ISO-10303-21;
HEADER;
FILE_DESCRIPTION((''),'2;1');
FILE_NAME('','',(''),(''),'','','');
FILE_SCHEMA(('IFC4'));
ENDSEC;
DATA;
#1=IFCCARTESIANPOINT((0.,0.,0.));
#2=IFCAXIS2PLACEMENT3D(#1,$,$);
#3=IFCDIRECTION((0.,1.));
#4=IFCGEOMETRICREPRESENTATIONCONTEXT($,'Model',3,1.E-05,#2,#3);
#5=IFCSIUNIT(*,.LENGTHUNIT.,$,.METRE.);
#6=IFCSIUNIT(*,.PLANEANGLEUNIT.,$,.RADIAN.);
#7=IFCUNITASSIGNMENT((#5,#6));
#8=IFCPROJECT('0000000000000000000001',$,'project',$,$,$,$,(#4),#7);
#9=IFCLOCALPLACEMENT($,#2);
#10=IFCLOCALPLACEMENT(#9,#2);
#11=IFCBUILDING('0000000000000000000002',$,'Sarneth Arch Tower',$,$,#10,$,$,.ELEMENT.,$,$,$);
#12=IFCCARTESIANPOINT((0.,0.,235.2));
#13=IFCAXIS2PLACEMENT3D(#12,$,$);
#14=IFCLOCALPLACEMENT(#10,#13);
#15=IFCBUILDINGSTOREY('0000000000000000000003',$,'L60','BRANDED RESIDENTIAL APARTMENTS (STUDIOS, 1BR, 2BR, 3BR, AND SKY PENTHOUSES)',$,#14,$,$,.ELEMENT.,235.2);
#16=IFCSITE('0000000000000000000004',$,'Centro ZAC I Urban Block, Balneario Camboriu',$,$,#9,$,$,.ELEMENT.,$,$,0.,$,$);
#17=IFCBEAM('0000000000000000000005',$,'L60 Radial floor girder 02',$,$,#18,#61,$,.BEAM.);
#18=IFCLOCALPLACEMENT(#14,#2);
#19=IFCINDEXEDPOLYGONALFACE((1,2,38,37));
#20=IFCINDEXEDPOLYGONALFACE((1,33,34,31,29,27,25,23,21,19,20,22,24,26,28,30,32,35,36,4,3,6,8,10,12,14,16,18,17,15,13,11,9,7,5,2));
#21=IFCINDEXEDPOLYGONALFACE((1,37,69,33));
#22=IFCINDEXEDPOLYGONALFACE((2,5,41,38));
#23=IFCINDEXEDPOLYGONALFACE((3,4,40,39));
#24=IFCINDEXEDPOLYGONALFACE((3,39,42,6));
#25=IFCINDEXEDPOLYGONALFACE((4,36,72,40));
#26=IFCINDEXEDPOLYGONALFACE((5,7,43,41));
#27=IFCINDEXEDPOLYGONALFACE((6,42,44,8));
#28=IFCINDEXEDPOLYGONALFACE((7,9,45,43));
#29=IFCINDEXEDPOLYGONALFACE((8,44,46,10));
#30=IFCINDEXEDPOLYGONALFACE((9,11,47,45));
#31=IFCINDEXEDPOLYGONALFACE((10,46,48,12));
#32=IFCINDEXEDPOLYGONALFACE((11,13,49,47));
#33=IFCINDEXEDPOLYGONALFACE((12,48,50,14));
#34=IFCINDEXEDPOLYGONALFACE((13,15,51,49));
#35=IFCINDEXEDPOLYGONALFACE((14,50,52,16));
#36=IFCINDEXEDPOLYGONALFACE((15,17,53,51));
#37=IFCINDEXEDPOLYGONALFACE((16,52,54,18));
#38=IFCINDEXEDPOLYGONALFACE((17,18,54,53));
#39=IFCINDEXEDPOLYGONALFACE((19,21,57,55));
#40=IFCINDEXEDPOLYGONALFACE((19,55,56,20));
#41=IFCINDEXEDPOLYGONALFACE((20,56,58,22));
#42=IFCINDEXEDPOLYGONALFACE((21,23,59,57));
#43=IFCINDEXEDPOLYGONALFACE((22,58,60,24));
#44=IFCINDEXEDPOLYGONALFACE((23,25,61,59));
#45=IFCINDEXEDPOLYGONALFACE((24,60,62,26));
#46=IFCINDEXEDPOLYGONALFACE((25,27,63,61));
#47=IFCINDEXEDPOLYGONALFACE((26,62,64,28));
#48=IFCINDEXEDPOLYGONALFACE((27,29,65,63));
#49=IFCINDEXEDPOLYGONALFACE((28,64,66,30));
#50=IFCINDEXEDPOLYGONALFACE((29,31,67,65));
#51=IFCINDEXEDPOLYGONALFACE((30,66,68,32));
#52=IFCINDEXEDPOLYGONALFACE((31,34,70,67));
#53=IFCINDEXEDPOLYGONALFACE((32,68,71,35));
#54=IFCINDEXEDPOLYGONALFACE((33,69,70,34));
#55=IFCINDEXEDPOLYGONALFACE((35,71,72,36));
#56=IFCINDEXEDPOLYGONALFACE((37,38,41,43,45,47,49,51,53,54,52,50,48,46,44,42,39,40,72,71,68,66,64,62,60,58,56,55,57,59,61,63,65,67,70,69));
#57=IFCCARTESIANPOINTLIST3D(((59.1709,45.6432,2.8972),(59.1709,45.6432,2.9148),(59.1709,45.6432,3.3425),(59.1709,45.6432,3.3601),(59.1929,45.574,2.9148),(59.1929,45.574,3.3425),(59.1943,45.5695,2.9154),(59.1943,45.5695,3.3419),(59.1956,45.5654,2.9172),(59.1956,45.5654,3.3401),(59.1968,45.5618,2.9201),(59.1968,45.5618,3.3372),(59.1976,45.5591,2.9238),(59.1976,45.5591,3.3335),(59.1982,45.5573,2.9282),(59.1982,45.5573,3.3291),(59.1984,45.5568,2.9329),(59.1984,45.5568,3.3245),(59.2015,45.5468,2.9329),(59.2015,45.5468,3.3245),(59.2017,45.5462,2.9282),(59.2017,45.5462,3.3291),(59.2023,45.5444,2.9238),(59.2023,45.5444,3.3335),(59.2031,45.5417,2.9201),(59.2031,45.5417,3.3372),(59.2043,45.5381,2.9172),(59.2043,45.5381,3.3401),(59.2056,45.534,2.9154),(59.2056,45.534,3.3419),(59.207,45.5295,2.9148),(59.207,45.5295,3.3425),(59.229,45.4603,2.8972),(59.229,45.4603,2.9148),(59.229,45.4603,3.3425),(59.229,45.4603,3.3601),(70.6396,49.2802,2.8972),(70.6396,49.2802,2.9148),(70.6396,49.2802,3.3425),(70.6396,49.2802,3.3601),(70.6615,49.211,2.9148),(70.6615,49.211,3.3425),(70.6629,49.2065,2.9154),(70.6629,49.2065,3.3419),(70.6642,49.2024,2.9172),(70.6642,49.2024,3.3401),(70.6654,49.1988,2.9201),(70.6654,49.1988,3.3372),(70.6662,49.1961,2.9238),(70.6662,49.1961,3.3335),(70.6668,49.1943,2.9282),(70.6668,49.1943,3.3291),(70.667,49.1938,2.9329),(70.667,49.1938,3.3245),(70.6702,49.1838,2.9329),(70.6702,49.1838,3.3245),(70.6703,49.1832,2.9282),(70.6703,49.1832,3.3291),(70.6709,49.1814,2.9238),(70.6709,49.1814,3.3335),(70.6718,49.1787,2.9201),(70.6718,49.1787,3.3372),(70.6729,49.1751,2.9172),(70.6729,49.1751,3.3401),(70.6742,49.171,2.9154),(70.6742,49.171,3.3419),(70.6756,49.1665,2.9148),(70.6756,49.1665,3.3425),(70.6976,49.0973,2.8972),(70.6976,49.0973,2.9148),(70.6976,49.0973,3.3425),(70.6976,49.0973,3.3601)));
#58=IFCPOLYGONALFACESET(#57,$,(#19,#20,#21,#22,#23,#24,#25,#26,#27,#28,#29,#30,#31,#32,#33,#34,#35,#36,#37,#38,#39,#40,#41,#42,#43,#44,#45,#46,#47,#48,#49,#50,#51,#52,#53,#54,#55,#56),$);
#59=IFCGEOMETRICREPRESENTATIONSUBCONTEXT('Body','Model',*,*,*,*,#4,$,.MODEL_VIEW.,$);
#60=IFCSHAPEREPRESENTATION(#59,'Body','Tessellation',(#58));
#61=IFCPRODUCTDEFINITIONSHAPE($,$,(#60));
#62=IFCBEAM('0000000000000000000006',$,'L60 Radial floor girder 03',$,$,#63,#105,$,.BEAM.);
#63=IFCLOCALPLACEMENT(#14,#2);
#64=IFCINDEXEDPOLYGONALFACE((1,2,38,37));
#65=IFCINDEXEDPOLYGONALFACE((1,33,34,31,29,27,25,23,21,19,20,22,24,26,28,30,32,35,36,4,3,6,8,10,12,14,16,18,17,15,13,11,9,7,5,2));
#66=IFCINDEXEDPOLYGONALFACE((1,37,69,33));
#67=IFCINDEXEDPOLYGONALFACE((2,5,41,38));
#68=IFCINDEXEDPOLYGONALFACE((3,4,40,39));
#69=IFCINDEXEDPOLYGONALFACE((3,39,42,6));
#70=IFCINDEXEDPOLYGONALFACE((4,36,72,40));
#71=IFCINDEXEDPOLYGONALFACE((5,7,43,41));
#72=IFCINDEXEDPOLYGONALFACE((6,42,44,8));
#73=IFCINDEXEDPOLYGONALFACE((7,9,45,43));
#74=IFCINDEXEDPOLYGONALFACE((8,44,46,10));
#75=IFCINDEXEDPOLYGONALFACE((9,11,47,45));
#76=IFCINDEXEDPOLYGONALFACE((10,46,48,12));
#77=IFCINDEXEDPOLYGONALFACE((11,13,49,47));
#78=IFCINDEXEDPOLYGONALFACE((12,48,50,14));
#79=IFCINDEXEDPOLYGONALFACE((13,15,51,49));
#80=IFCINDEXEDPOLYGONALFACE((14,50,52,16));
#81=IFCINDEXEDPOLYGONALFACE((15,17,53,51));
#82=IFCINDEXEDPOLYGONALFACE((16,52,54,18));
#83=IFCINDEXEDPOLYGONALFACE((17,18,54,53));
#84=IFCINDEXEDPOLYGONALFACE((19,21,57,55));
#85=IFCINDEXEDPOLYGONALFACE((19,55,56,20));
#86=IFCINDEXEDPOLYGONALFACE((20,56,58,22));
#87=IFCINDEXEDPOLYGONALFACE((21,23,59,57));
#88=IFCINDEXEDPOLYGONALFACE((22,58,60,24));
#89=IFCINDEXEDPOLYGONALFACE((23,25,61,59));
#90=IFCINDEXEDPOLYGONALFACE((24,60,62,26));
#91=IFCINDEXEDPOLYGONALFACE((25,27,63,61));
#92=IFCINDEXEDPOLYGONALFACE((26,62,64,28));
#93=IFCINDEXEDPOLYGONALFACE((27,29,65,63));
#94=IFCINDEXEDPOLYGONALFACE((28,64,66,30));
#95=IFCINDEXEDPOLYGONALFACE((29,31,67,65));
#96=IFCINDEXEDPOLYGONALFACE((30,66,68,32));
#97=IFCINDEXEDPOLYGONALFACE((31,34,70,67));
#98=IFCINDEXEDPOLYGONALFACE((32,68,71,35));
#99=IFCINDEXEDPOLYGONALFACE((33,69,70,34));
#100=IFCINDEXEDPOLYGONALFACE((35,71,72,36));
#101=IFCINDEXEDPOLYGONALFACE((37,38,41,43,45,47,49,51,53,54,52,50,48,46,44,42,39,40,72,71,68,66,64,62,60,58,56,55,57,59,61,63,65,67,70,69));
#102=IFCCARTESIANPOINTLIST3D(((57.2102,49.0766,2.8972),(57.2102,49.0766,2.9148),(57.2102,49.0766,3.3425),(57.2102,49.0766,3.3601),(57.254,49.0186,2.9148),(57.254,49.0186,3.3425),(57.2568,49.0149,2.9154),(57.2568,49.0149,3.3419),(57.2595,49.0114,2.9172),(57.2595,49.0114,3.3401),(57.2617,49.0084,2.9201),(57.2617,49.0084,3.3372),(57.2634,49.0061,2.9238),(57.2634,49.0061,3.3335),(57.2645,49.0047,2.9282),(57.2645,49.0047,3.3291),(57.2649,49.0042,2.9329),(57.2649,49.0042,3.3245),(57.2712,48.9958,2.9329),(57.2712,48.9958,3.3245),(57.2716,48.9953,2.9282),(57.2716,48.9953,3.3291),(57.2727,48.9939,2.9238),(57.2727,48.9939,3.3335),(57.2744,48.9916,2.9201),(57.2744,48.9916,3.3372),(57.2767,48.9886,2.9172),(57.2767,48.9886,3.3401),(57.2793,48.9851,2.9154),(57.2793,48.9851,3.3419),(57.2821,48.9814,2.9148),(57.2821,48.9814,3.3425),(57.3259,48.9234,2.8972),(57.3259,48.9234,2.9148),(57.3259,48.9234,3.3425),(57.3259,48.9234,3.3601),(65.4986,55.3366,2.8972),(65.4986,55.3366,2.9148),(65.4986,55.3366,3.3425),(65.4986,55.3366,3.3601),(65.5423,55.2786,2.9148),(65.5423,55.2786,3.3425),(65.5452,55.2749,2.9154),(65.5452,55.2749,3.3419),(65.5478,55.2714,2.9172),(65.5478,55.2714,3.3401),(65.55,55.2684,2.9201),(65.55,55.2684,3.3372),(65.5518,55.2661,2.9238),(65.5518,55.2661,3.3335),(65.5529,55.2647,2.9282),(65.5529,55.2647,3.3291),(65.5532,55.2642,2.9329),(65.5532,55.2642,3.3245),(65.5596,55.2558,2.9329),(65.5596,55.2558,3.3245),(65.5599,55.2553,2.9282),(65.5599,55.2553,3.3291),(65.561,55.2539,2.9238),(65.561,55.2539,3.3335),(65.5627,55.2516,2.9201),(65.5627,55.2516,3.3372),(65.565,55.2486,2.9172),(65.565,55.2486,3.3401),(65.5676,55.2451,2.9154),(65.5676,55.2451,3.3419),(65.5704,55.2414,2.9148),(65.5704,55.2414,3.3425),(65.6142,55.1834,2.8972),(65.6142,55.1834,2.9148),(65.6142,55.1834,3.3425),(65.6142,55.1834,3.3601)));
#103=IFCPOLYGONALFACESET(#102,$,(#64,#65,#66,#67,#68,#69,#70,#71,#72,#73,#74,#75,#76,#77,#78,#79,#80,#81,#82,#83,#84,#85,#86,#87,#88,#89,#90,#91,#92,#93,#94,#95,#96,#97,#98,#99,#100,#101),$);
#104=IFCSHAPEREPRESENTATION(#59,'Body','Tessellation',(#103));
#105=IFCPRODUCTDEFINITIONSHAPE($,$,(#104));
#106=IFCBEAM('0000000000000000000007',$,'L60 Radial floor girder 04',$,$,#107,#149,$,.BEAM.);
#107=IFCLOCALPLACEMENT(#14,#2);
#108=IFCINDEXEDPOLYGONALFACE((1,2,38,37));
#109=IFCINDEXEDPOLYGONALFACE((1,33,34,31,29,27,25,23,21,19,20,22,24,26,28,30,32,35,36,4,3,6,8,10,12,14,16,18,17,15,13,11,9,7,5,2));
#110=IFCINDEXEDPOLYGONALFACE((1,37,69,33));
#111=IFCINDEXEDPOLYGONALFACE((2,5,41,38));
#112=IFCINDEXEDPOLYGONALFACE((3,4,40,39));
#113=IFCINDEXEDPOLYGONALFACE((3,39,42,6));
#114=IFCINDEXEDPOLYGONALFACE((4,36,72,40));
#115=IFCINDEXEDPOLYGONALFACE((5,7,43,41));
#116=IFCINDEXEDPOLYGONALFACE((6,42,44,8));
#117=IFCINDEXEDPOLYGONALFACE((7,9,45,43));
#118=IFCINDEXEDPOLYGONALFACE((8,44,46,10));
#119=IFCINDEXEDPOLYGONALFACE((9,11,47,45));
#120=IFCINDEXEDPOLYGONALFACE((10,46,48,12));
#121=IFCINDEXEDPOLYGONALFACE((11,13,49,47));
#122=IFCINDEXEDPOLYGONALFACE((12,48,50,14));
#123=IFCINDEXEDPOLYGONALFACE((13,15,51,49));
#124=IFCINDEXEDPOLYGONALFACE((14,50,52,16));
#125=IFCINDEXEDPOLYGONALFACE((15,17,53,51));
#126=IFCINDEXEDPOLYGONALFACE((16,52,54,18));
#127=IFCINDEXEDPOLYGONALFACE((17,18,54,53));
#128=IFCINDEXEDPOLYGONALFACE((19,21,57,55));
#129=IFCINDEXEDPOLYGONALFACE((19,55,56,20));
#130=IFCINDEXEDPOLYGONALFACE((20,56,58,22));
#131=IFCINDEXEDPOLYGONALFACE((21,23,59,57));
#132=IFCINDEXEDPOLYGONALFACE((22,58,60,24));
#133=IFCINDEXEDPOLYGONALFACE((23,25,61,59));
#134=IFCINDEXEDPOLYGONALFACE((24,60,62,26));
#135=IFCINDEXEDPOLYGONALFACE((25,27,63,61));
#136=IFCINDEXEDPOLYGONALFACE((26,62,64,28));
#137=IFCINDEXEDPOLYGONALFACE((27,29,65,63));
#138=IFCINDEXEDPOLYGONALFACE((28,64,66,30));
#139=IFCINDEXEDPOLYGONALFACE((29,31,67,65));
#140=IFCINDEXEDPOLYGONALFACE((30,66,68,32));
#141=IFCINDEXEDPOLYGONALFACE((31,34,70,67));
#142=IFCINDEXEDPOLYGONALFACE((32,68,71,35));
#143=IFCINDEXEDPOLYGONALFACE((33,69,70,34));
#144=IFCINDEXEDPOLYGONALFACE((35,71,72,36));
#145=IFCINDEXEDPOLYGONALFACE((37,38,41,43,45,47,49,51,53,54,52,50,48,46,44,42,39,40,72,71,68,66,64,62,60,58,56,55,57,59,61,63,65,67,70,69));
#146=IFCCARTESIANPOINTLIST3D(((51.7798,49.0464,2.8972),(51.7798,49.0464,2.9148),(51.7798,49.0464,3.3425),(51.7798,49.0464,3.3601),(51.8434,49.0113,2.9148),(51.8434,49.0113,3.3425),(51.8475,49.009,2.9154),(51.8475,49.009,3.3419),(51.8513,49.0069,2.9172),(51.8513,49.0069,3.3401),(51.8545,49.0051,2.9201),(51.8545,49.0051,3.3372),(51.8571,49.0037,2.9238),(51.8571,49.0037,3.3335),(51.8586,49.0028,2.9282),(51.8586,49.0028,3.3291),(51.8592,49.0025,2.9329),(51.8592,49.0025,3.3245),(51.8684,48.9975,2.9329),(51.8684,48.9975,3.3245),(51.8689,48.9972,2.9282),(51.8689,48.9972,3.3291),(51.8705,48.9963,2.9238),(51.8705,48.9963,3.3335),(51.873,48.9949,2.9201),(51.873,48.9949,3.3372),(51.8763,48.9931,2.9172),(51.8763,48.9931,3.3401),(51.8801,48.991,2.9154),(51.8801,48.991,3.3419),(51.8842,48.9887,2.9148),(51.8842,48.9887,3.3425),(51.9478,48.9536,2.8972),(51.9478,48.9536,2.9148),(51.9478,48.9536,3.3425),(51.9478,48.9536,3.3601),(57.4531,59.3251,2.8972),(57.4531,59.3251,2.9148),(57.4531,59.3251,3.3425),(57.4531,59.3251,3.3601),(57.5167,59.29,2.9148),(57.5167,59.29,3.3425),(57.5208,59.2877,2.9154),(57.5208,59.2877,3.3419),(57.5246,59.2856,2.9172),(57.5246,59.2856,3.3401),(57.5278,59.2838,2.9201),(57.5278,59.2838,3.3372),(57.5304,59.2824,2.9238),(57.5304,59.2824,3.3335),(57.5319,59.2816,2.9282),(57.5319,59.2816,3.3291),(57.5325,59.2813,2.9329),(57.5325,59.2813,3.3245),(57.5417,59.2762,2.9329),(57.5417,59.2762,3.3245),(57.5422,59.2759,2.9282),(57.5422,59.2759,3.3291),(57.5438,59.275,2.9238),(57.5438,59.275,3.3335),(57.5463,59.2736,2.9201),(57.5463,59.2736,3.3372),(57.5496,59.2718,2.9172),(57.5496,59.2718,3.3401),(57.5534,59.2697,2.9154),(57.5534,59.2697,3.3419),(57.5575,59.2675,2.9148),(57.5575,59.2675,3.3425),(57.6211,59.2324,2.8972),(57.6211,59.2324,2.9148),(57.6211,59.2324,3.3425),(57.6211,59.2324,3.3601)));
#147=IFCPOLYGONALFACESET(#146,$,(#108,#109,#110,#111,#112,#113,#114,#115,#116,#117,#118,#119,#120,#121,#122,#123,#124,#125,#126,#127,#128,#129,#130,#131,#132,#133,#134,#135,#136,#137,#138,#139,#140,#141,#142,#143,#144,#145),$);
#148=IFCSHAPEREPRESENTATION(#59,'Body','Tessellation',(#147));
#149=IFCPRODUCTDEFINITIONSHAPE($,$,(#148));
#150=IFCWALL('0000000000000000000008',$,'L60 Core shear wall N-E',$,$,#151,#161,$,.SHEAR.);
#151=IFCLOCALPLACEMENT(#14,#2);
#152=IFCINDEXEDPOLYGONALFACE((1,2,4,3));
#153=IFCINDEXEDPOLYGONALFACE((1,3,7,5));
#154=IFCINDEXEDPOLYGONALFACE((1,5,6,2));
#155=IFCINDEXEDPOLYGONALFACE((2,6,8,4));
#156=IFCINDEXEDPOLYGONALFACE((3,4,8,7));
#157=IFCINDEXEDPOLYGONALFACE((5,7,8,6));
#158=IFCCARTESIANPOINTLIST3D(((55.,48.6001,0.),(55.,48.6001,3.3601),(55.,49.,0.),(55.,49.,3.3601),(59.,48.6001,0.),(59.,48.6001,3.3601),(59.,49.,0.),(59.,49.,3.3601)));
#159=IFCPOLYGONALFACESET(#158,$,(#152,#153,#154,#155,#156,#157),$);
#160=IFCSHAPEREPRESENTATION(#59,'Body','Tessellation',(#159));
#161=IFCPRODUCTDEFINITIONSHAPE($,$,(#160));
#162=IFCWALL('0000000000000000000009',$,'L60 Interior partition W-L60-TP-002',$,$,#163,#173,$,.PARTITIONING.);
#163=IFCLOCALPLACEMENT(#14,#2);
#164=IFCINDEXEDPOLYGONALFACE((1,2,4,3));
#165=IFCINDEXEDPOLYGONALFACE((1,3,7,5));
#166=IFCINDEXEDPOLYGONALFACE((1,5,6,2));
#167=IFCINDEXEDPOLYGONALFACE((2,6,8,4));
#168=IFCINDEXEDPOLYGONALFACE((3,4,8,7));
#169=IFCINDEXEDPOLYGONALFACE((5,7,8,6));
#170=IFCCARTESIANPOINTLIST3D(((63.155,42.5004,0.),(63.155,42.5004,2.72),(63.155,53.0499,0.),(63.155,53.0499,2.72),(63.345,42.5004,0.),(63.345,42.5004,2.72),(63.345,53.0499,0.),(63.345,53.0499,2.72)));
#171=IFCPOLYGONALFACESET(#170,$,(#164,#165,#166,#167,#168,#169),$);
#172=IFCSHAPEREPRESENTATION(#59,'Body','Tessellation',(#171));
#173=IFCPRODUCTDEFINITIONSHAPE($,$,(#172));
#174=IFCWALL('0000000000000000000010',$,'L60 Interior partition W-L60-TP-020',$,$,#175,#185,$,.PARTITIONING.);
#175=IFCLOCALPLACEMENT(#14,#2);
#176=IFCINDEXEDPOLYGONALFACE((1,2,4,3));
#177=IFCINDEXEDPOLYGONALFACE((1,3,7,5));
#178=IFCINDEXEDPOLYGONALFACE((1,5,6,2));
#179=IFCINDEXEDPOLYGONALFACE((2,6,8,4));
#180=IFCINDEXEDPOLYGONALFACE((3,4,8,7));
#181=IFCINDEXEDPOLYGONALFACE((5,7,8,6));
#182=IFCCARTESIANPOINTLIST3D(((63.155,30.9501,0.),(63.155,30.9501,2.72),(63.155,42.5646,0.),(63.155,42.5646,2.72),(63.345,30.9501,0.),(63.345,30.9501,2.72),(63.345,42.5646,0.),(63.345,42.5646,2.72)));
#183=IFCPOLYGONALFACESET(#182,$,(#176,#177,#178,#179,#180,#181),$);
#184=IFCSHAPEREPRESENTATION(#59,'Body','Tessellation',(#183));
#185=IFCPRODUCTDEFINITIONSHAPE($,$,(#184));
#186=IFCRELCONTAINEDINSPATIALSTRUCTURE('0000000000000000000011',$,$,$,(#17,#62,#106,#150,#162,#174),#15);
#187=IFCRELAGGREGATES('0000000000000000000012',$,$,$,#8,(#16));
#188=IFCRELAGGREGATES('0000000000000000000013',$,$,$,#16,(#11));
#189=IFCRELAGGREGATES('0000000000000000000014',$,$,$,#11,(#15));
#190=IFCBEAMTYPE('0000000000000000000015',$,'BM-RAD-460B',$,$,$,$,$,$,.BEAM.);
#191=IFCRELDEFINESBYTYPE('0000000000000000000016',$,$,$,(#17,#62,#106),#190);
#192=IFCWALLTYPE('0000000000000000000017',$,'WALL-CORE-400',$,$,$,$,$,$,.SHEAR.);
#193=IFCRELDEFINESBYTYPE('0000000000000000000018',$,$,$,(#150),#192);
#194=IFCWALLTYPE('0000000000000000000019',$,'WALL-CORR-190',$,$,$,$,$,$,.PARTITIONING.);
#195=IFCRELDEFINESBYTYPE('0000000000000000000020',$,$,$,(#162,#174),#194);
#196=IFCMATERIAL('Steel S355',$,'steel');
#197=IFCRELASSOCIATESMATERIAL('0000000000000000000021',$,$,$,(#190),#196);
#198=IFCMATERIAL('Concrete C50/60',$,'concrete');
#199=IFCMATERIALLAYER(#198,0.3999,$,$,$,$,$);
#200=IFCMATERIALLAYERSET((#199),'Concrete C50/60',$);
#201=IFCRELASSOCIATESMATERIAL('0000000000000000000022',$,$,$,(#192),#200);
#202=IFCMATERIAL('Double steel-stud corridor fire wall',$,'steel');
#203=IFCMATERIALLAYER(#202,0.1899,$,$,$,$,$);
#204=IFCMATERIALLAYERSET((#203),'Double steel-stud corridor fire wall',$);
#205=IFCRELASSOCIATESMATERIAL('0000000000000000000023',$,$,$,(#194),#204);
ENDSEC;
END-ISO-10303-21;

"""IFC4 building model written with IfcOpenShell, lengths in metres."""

from ifc_helpers import new_model, si_unit, direction, frame, frame_2d, origin, origin_2d, place, context, subcontext, project, spatial, rectangle, i_section, extrude, material, layer, layer_set, material_profile, profile_set, type_object, element, save


model = new_model("IFC4")

# Units and contexts
model_context = context("Model", 3, precision=1e-05, world=origin(), true_north=direction((0.0, 1.0)))
body_context = subcontext(model_context, "Body", "Model", "MODEL_VIEW")
ifc_project = project(units=[si_unit("LENGTHUNIT", "METRE"), si_unit("PLANEANGLEUNIT", "RADIAN")], contexts=[model_context])

# Site, building, storey
site_placement = place(None, origin())
site = spatial("IfcSite", under=ifc_project, at=site_placement, Name="Centro ZAC I Urban Block, Balneario Camboriu", CompositionType="ELEMENT", RefElevation=0.0)
building_placement = place(site_placement, origin())
building = spatial("IfcBuilding", under=site, at=building_placement, Name="Sarneth Arch Tower", CompositionType="ELEMENT")
storey_placement = place(building_placement, frame((0.0, 0.0, 235.2)))
storey = spatial("IfcBuildingStorey", under=building, at=storey_placement, Name="L60", Description="BRANDED RESIDENTIAL APARTMENTS (STUDIOS, 1BR, 2BR, 3BR, AND SKY PENTHOUSES)", CompositionType="ELEMENT", Elevation=235.2)

# Beams
ifc_material_1 = material(Name="Steel S355", Category="steel")
ifc_material_profile_1 = material_profile(ifc_material_1, i_section(OverallWidth=0.1919, OverallDepth=0.4629, WebThickness=0.0105, FlangeThickness=0.0176, FilletRadius=0.0181, at=origin_2d()), Name="W460x89")
ifc_profile_set_1 = profile_set([ifc_material_profile_1], Name="Steel S355")
beam_type_1 = type_object("IfcBeamType", Name="BM-RAD-460B", PredefinedType="BEAM", material=ifc_profile_set_1)
beam_1_placement = place(storey_placement, frame((59.2, 45.5518, 3.1287), z_axis=(0.953216, 0.30229, 0.0), x_axis=(-0.30229, 0.953216, 0.0)))
element("IfcBeam", 1, at=beam_1_placement, inside=storey, type_object=beam_type_1, Name="L60 Radial floor girder 02", PredefinedType="BEAM", context=body_context, shape_type="SweptSolid", body=[
    extrude(i_section(OverallWidth=0.1919, OverallDepth=0.4629, WebThickness=0.0105, FlangeThickness=0.0176, FilletRadius=0.0181, at=origin_2d()), origin(), (0.0, 0.0, 1.0), 12.0315),
])
beam_2_placement = place(storey_placement, frame((57.2681, 49.0, 3.1287), z_axis=(0.797973, 0.602693, 0.0), x_axis=(-0.602693, 0.797973, 0.0)))
element("IfcBeam", 2, at=beam_2_placement, inside=storey, type_object=beam_type_1, Name="L60 Radial floor girder 03", PredefinedType="BEAM", context=body_context, shape_type="SweptSolid", body=[
    extrude(i_section(OverallWidth=0.1919, OverallDepth=0.4629, WebThickness=0.0105, FlangeThickness=0.0176, FilletRadius=0.0181, at=origin_2d()), origin(), (0.0, 0.0, 1.0), 10.3867),
])
beam_3_placement = place(storey_placement, frame((51.8638, 49.0, 3.1287), z_axis=(0.483226, 0.875496, 0.0), x_axis=(-0.875496, 0.483226, 0.0)))
element("IfcBeam", 3, at=beam_3_placement, inside=storey, type_object=beam_type_1, Name="L60 Radial floor girder 04", PredefinedType="BEAM", context=body_context, shape_type="SweptSolid", body=[
    extrude(i_section(OverallWidth=0.1919, OverallDepth=0.4629, WebThickness=0.0105, FlangeThickness=0.0176, FilletRadius=0.0181, at=origin_2d()), origin(), (0.0, 0.0, 1.0), 11.7405),
])

# Walls
ifc_material_2 = material(Name="Concrete C50/60", Category="concrete")
ifc_layer_1 = layer(ifc_material_2, 0.3999)
ifc_layer_set_1 = layer_set([ifc_layer_1], Name="Concrete C50/60")
wall_type_1 = type_object("IfcWallType", Name="WALL-CORE-400", PredefinedType="SHEAR", material=ifc_layer_set_1)
wall_1_placement = place(storey_placement, frame((55.0, 48.8, 0.0), z_axis=(0.0, 0.0, 1.0), x_axis=(1.0, 0.0, 0.0)))
element("IfcWall", 4, at=wall_1_placement, inside=storey, type_object=wall_type_1, Name="L60 Core shear wall N-E", PredefinedType="SHEAR", context=body_context, shape_type="SweptSolid", body=[
    extrude(rectangle(XDim=4.0, YDim=0.3999, at=frame_2d((2.0, 0.0))), origin(), (0.0, 0.0, 1.0), 3.3601),
])
ifc_material_3 = material(Name="Double steel-stud corridor fire wall", Category="steel")
ifc_layer_2 = layer(ifc_material_3, 0.1899)
ifc_layer_set_2 = layer_set([ifc_layer_2], Name="Double steel-stud corridor fire wall")
wall_type_2 = type_object("IfcWallType", Name="WALL-CORR-190", PredefinedType="PARTITIONING", material=ifc_layer_set_2)
wall_2_placement = place(storey_placement, frame((63.25, 53.05, 0.0), z_axis=(0.0, 0.0, 1.0), x_axis=(0.0, -1.0, 0.0)))
element("IfcWall", 5, at=wall_2_placement, inside=storey, type_object=wall_type_2, Name="L60 Interior partition W-L60-TP-002", PredefinedType="PARTITIONING", context=body_context, shape_type="SweptSolid", body=[
    extrude(rectangle(XDim=10.5496, YDim=0.1899, at=frame_2d((5.2749, 0.0))), origin(), (0.0, 0.0, 1.0), 2.72),
])
wall_3_placement = place(storey_placement, frame((63.25, 42.5645, 0.0), z_axis=(0.0, 0.0, 1.0), x_axis=(0.0, -1.0, 0.0)))
element("IfcWall", 6, at=wall_3_placement, inside=storey, type_object=wall_type_2, Name="L60 Interior partition W-L60-TP-020", PredefinedType="PARTITIONING", context=body_context, shape_type="SweptSolid", body=[
    extrude(rectangle(XDim=11.6145, YDim=0.1899, at=frame_2d((5.8071, 0.0))), origin(), (0.0, 0.0, 1.0), 2.72),
])

save(model, "model.ifc")
